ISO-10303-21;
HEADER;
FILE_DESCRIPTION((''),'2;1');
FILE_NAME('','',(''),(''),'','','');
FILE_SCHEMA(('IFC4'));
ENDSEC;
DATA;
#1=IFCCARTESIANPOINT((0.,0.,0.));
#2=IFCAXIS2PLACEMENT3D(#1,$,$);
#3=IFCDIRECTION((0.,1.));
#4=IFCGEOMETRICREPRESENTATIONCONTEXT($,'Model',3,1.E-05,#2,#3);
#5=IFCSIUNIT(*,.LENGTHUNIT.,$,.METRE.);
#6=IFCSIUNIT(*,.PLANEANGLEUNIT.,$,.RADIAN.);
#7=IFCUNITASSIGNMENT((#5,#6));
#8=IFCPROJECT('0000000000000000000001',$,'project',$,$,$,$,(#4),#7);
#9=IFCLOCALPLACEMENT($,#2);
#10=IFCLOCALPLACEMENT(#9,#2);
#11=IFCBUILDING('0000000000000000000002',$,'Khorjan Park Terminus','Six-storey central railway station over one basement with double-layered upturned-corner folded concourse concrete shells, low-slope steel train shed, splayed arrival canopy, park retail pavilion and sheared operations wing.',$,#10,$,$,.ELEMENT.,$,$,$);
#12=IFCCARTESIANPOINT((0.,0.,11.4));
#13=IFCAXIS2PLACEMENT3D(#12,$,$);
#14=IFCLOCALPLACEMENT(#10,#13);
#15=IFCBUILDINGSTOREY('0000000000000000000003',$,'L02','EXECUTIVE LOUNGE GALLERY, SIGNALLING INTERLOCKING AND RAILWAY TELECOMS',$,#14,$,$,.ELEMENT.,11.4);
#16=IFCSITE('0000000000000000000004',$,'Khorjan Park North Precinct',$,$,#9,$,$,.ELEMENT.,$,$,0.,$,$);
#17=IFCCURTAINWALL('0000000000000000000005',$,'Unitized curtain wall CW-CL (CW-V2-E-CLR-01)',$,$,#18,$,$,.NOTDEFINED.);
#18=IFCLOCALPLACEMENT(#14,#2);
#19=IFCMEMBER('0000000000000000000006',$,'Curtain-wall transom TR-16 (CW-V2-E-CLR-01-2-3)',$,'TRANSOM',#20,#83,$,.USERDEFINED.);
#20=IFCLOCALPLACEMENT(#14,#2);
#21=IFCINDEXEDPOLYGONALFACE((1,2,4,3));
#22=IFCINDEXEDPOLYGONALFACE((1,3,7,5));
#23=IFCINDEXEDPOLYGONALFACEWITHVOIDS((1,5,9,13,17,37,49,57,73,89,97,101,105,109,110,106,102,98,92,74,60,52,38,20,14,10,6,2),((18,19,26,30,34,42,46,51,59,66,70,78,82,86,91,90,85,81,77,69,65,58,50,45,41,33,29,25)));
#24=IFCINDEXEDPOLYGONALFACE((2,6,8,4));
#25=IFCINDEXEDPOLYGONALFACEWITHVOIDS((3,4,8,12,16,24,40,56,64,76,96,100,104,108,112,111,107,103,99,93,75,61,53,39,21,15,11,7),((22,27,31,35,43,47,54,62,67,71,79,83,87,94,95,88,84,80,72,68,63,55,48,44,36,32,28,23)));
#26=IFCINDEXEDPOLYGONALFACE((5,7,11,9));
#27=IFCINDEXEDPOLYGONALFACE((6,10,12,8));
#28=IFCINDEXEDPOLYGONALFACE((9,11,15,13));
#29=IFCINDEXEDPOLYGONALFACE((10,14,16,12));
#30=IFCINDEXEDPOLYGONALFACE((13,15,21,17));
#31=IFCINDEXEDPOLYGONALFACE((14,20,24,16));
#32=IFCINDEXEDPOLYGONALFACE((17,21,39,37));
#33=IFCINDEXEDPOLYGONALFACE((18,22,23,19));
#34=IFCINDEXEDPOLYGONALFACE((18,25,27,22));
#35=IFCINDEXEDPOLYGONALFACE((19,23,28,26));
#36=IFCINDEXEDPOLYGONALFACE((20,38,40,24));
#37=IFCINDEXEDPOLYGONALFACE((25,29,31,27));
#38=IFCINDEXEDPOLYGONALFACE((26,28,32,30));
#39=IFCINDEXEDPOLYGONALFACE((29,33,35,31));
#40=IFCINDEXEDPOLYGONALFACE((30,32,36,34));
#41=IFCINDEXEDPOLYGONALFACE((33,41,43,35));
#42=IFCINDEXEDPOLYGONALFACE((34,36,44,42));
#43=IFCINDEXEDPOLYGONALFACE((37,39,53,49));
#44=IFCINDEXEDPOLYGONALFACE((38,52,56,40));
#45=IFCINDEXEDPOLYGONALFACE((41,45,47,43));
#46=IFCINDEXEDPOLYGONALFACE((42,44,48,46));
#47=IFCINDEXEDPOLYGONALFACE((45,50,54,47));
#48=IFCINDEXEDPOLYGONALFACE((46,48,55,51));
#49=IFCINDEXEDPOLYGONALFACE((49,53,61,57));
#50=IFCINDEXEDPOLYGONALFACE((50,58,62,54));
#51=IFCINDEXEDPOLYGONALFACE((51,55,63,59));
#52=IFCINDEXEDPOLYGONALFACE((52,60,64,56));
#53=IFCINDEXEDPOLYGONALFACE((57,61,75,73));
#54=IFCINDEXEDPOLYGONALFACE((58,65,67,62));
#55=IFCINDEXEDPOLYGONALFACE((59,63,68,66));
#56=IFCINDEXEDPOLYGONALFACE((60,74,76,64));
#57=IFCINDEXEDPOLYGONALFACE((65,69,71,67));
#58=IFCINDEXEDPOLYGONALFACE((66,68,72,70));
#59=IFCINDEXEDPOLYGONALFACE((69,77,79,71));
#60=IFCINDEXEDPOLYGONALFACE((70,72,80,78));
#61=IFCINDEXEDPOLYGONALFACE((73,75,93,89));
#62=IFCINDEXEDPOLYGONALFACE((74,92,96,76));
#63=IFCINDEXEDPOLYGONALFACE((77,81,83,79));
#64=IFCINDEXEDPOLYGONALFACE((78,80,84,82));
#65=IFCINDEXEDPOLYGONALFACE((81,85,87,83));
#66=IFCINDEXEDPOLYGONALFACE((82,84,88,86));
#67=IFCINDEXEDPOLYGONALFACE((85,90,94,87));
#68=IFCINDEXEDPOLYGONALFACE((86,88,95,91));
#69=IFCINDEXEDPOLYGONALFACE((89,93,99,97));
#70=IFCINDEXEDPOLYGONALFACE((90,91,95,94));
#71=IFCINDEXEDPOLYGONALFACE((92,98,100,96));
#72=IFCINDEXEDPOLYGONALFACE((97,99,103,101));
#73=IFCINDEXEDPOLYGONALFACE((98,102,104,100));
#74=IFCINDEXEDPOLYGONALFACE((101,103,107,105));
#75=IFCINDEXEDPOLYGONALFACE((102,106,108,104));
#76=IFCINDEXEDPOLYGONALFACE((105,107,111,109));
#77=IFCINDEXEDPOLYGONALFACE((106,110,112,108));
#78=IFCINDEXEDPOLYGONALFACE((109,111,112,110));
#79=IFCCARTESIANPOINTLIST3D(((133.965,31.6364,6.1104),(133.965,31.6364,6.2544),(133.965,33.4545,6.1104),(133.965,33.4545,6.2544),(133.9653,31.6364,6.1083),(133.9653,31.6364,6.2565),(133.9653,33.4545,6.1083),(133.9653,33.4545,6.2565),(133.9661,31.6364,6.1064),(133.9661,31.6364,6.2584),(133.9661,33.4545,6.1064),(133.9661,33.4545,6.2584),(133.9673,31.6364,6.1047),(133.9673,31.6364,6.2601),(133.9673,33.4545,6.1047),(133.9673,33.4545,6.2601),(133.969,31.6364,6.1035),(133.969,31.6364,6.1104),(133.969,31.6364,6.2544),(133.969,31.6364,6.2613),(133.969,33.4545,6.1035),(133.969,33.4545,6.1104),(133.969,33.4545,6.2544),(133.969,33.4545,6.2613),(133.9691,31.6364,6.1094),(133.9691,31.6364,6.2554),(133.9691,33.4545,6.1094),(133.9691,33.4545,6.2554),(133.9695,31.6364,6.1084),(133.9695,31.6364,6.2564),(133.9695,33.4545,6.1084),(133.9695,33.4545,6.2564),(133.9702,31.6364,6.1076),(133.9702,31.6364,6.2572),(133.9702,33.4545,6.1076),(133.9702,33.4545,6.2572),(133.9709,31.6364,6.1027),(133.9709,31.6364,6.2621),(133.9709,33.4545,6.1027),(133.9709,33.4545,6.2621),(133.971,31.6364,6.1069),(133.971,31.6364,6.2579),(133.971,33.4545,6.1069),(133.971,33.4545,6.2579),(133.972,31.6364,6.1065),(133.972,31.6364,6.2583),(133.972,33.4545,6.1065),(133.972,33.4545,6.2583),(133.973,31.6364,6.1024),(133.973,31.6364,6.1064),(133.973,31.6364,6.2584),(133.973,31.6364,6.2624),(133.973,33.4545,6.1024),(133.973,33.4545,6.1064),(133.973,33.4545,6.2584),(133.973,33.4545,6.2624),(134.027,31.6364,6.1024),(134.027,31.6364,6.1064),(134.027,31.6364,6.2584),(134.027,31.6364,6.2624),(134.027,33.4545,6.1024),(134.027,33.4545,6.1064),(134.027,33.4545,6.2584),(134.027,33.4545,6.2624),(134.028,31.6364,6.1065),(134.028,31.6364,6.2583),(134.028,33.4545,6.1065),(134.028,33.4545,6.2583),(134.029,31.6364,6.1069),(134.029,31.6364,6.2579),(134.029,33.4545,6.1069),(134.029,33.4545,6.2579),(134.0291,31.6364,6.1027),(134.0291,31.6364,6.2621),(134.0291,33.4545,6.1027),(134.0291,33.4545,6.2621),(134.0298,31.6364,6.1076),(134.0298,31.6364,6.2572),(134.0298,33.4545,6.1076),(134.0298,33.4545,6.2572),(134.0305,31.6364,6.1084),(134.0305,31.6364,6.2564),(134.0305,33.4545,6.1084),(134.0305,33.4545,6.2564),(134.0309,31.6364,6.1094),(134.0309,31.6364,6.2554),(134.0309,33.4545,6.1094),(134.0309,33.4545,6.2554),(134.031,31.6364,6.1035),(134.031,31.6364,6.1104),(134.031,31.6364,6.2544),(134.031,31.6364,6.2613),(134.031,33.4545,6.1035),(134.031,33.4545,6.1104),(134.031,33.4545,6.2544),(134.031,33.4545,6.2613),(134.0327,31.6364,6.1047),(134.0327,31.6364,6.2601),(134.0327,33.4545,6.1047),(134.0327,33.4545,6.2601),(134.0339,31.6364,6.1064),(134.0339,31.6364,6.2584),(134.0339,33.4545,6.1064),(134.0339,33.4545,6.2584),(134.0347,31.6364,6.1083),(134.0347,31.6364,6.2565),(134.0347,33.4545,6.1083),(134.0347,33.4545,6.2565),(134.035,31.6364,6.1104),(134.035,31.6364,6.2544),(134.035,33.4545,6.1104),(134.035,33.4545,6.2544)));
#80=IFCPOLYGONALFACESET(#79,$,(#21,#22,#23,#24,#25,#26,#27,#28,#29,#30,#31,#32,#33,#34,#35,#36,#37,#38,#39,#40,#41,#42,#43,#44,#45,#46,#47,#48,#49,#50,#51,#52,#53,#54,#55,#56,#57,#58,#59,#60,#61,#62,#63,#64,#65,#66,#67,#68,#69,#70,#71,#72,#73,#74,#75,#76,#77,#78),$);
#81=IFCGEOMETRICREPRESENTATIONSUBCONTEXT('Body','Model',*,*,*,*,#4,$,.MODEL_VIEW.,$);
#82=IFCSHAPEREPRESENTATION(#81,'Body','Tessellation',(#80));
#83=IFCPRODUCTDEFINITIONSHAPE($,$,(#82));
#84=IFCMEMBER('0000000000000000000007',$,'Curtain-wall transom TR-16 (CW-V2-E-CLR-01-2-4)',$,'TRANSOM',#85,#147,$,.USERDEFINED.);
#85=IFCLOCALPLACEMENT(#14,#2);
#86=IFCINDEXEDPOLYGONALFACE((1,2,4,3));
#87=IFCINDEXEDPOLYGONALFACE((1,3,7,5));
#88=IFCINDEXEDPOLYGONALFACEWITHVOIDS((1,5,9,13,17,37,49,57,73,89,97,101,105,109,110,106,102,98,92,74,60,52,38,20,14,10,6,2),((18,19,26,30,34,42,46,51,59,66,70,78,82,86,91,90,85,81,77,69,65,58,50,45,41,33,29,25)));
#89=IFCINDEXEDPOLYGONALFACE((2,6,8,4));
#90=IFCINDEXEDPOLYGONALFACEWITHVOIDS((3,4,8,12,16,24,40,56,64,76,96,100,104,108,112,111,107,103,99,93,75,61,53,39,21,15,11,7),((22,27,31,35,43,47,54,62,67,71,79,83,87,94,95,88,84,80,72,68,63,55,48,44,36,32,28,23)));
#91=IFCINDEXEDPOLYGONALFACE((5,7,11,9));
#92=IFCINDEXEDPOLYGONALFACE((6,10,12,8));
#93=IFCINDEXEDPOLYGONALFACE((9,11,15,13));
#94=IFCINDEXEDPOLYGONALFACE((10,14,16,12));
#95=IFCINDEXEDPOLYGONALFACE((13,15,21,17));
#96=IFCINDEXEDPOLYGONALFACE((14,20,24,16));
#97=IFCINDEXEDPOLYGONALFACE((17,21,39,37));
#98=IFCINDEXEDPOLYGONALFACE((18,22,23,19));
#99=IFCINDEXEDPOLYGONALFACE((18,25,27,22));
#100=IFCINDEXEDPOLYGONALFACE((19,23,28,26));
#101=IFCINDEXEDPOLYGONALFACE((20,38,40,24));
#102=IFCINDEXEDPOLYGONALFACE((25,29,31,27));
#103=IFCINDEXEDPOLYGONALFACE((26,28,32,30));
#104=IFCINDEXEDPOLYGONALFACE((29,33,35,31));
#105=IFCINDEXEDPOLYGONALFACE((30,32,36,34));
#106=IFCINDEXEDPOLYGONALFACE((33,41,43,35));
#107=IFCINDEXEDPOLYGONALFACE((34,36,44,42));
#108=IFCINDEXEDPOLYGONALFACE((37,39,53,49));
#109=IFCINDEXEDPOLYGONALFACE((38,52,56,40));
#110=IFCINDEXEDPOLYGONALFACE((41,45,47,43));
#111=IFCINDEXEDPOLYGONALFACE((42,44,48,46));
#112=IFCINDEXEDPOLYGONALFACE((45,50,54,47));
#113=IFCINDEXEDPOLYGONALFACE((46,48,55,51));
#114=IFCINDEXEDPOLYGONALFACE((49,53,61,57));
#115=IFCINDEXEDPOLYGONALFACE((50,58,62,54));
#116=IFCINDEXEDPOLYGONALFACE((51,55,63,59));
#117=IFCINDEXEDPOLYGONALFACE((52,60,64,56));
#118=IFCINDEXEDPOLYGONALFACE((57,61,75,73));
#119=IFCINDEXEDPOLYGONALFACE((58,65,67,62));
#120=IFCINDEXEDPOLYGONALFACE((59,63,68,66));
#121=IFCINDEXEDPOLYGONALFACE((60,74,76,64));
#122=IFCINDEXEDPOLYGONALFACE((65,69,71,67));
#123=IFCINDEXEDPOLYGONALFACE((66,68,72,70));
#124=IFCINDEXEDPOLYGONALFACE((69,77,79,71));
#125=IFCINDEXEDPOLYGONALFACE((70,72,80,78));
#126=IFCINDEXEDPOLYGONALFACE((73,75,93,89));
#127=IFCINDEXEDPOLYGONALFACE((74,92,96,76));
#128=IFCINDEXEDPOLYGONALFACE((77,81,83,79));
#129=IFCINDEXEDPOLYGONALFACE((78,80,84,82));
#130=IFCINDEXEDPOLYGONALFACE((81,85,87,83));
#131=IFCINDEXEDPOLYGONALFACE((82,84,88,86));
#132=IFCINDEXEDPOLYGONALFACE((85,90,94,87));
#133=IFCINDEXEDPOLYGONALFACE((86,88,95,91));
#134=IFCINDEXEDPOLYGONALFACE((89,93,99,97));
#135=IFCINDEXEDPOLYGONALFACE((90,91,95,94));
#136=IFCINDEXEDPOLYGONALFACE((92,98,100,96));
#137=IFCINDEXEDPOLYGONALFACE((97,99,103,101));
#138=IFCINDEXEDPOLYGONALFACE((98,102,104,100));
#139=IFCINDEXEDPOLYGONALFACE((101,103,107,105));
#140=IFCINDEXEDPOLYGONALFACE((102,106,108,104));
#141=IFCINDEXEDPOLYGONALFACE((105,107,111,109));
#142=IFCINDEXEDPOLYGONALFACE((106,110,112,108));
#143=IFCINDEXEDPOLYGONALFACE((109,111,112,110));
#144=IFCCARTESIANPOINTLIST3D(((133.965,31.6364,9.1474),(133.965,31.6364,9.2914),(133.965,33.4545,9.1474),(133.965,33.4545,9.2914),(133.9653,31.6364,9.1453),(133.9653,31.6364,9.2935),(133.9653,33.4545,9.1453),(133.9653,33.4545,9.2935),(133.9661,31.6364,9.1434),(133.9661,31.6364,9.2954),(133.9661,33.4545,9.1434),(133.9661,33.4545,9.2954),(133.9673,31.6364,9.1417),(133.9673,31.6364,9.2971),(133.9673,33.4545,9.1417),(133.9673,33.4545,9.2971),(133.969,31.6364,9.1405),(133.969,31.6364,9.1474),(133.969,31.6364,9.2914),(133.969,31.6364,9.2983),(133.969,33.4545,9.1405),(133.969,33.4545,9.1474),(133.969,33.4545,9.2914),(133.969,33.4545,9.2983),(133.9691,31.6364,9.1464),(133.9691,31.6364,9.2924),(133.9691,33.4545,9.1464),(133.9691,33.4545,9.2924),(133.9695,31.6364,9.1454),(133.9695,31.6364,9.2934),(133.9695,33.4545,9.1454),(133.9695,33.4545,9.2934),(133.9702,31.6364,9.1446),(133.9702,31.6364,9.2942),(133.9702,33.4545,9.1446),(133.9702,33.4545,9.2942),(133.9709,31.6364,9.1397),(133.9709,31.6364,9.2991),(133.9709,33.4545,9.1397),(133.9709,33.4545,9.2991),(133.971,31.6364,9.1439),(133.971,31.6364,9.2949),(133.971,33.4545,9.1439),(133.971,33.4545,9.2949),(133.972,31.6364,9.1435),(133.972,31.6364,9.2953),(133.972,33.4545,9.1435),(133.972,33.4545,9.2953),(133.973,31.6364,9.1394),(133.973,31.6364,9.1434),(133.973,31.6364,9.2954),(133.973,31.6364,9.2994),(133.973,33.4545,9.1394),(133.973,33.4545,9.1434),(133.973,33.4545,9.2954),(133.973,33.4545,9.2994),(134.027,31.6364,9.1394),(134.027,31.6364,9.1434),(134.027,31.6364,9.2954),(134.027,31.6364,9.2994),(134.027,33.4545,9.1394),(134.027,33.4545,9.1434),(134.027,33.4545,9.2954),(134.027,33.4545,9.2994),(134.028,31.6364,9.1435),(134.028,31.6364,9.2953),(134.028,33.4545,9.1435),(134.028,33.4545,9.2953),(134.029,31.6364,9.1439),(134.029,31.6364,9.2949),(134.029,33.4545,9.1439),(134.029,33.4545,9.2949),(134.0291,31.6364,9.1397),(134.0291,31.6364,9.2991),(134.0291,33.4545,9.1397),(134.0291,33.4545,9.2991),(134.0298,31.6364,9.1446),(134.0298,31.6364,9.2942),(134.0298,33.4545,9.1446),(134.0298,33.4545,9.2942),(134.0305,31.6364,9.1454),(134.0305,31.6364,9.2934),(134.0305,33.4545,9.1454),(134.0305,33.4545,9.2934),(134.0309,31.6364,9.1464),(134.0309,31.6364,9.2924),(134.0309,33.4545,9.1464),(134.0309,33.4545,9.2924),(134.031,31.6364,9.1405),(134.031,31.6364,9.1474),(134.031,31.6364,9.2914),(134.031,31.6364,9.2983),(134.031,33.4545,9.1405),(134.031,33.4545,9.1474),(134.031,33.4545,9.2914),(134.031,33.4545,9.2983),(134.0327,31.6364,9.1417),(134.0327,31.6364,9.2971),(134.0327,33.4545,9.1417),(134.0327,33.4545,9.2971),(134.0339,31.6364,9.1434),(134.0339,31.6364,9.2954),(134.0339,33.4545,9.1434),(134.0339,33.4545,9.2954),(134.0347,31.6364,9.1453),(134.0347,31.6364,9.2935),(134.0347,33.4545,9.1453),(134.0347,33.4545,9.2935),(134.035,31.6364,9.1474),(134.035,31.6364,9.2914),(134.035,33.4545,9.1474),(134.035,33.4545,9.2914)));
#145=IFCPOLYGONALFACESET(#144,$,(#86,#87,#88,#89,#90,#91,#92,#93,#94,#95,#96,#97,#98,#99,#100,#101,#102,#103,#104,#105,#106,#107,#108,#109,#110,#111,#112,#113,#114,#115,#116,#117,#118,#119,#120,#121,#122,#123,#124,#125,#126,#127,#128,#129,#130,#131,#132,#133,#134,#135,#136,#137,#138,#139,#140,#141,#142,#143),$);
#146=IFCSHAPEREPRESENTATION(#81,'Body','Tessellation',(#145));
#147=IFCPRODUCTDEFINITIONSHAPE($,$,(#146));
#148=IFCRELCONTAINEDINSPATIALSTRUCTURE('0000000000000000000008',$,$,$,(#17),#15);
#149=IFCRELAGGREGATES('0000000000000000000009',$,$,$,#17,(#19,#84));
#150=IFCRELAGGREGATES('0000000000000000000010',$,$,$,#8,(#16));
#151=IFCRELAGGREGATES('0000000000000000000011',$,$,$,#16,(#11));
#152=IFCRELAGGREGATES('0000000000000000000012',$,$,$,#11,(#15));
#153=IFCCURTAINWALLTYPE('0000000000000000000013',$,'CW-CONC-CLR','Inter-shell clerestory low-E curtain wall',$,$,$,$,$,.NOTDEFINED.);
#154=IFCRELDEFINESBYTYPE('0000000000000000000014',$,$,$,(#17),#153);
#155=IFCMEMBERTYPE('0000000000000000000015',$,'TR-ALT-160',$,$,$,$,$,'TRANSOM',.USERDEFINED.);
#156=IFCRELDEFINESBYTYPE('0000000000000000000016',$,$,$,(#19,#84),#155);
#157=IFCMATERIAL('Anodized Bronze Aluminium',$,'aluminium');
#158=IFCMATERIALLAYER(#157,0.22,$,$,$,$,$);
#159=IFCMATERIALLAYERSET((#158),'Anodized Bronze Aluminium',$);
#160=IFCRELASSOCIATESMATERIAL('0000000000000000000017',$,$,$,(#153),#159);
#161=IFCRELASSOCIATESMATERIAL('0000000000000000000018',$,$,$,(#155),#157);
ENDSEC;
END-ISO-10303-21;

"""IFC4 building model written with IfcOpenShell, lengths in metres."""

from ifc_helpers import new_model, si_unit, direction, frame, origin, origin_2d, place, context, subcontext, project, spatial, hollow_rectangle, extrude, material, layer, layer_set, material_profile, profile_set, type_object, element, aggregate, save


model = new_model("IFC4")

# Units and contexts
model_context = context("Model", 3, precision=1e-05, world=origin(), true_north=direction((0.0, 1.0)))
body_context = subcontext(model_context, "Body", "Model", "MODEL_VIEW")
ifc_project = project(units=[si_unit("LENGTHUNIT", "METRE"), si_unit("PLANEANGLEUNIT", "RADIAN")], contexts=[model_context])

# Site, building, storey
site_placement = place(None, origin())
site = spatial("IfcSite", under=ifc_project, at=site_placement, Name="Khorjan Park North Precinct", CompositionType="ELEMENT", RefElevation=0.0)
building_placement = place(site_placement, origin())
building = spatial("IfcBuilding", under=site, at=building_placement, Name="Khorjan Park Terminus", Description="Six-storey central railway station over one basement with double-layered upturned-corner folded concourse concrete shells, low-slope steel train shed, splayed arrival canopy, park retail pavilion and sheared operations wing.", CompositionType="ELEMENT")
storey_placement = place(building_placement, frame((0.0, 0.0, 11.4)))
storey = spatial("IfcBuildingStorey", under=building, at=storey_placement, Name="L02", Description="EXECUTIVE LOUNGE GALLERY, SIGNALLING INTERLOCKING AND RAILWAY TELECOMS", CompositionType="ELEMENT", Elevation=11.4)

# Curtain wall, members
ifc_material_1 = material(Name="Anodized Bronze Aluminium", Category="aluminium")
ifc_layer_1 = layer(ifc_material_1, 0.22)
ifc_layer_set_1 = layer_set([ifc_layer_1], Name="Anodized Bronze Aluminium")
curtain_wall_type = type_object("IfcCurtainWallType", Name="CW-CONC-CLR", Description="Inter-shell clerestory low-E curtain wall", PredefinedType="NOTDEFINED", material=ifc_layer_set_1)
curtain_wall_placement = place(storey_placement, origin())
curtain_wall = element("IfcCurtainWall", 1, at=curtain_wall_placement, inside=storey, type_object=curtain_wall_type, Name="Unitized curtain wall CW-CL (CW-V2-E-CLR-01)", PredefinedType="NOTDEFINED")
ifc_material_profile_1 = material_profile(ifc_material_1, hollow_rectangle(XDim=0.07, YDim=0.16, WallThickness=0.004, InnerFilletRadius=0.004, OuterFilletRadius=0.008, at=origin_2d()), Name="ALT 70x160x4")
ifc_profile_set_1 = profile_set([ifc_material_profile_1], Name="Anodized Bronze Aluminium")
member_type_1 = type_object("IfcMemberType", Name="TR-ALT-160", ElementType="TRANSOM", PredefinedType="USERDEFINED", material=ifc_profile_set_1)
member_1_placement = place(storey_placement, frame((134.0, 31.6364, 6.1824), z_axis=(0.0, 1.0, 0.0), x_axis=(-1.0, 0.0, 0.0)))
member_1 = element("IfcMember", 2, at=member_1_placement, type_object=member_type_1, Name="Curtain-wall transom TR-16 (CW-V2-E-CLR-01-2-3)", ObjectType="TRANSOM", PredefinedType="USERDEFINED", context=body_context, shape_type="SweptSolid", body=[
    extrude(hollow_rectangle(XDim=0.07, YDim=0.16, WallThickness=0.004, InnerFilletRadius=0.004, OuterFilletRadius=0.008, at=origin_2d()), origin(), (0.0, 0.0, 1.0), 1.8181),
])
member_2_placement = place(storey_placement, frame((134.0, 31.6364, 9.2194), z_axis=(0.0, 1.0, 0.0), x_axis=(-1.0, 0.0, 0.0)))
member_2 = element("IfcMember", 3, at=member_2_placement, type_object=member_type_1, Name="Curtain-wall transom TR-16 (CW-V2-E-CLR-01-2-4)", ObjectType="TRANSOM", PredefinedType="USERDEFINED", context=body_context, shape_type="SweptSolid", body=[
    extrude(hollow_rectangle(XDim=0.07, YDim=0.16, WallThickness=0.004, InnerFilletRadius=0.004, OuterFilletRadius=0.008, at=origin_2d()), origin(), (0.0, 0.0, 1.0), 1.8181),
])
aggregate(curtain_wall, [member_1, member_2])

save(model, "model.ifc")
